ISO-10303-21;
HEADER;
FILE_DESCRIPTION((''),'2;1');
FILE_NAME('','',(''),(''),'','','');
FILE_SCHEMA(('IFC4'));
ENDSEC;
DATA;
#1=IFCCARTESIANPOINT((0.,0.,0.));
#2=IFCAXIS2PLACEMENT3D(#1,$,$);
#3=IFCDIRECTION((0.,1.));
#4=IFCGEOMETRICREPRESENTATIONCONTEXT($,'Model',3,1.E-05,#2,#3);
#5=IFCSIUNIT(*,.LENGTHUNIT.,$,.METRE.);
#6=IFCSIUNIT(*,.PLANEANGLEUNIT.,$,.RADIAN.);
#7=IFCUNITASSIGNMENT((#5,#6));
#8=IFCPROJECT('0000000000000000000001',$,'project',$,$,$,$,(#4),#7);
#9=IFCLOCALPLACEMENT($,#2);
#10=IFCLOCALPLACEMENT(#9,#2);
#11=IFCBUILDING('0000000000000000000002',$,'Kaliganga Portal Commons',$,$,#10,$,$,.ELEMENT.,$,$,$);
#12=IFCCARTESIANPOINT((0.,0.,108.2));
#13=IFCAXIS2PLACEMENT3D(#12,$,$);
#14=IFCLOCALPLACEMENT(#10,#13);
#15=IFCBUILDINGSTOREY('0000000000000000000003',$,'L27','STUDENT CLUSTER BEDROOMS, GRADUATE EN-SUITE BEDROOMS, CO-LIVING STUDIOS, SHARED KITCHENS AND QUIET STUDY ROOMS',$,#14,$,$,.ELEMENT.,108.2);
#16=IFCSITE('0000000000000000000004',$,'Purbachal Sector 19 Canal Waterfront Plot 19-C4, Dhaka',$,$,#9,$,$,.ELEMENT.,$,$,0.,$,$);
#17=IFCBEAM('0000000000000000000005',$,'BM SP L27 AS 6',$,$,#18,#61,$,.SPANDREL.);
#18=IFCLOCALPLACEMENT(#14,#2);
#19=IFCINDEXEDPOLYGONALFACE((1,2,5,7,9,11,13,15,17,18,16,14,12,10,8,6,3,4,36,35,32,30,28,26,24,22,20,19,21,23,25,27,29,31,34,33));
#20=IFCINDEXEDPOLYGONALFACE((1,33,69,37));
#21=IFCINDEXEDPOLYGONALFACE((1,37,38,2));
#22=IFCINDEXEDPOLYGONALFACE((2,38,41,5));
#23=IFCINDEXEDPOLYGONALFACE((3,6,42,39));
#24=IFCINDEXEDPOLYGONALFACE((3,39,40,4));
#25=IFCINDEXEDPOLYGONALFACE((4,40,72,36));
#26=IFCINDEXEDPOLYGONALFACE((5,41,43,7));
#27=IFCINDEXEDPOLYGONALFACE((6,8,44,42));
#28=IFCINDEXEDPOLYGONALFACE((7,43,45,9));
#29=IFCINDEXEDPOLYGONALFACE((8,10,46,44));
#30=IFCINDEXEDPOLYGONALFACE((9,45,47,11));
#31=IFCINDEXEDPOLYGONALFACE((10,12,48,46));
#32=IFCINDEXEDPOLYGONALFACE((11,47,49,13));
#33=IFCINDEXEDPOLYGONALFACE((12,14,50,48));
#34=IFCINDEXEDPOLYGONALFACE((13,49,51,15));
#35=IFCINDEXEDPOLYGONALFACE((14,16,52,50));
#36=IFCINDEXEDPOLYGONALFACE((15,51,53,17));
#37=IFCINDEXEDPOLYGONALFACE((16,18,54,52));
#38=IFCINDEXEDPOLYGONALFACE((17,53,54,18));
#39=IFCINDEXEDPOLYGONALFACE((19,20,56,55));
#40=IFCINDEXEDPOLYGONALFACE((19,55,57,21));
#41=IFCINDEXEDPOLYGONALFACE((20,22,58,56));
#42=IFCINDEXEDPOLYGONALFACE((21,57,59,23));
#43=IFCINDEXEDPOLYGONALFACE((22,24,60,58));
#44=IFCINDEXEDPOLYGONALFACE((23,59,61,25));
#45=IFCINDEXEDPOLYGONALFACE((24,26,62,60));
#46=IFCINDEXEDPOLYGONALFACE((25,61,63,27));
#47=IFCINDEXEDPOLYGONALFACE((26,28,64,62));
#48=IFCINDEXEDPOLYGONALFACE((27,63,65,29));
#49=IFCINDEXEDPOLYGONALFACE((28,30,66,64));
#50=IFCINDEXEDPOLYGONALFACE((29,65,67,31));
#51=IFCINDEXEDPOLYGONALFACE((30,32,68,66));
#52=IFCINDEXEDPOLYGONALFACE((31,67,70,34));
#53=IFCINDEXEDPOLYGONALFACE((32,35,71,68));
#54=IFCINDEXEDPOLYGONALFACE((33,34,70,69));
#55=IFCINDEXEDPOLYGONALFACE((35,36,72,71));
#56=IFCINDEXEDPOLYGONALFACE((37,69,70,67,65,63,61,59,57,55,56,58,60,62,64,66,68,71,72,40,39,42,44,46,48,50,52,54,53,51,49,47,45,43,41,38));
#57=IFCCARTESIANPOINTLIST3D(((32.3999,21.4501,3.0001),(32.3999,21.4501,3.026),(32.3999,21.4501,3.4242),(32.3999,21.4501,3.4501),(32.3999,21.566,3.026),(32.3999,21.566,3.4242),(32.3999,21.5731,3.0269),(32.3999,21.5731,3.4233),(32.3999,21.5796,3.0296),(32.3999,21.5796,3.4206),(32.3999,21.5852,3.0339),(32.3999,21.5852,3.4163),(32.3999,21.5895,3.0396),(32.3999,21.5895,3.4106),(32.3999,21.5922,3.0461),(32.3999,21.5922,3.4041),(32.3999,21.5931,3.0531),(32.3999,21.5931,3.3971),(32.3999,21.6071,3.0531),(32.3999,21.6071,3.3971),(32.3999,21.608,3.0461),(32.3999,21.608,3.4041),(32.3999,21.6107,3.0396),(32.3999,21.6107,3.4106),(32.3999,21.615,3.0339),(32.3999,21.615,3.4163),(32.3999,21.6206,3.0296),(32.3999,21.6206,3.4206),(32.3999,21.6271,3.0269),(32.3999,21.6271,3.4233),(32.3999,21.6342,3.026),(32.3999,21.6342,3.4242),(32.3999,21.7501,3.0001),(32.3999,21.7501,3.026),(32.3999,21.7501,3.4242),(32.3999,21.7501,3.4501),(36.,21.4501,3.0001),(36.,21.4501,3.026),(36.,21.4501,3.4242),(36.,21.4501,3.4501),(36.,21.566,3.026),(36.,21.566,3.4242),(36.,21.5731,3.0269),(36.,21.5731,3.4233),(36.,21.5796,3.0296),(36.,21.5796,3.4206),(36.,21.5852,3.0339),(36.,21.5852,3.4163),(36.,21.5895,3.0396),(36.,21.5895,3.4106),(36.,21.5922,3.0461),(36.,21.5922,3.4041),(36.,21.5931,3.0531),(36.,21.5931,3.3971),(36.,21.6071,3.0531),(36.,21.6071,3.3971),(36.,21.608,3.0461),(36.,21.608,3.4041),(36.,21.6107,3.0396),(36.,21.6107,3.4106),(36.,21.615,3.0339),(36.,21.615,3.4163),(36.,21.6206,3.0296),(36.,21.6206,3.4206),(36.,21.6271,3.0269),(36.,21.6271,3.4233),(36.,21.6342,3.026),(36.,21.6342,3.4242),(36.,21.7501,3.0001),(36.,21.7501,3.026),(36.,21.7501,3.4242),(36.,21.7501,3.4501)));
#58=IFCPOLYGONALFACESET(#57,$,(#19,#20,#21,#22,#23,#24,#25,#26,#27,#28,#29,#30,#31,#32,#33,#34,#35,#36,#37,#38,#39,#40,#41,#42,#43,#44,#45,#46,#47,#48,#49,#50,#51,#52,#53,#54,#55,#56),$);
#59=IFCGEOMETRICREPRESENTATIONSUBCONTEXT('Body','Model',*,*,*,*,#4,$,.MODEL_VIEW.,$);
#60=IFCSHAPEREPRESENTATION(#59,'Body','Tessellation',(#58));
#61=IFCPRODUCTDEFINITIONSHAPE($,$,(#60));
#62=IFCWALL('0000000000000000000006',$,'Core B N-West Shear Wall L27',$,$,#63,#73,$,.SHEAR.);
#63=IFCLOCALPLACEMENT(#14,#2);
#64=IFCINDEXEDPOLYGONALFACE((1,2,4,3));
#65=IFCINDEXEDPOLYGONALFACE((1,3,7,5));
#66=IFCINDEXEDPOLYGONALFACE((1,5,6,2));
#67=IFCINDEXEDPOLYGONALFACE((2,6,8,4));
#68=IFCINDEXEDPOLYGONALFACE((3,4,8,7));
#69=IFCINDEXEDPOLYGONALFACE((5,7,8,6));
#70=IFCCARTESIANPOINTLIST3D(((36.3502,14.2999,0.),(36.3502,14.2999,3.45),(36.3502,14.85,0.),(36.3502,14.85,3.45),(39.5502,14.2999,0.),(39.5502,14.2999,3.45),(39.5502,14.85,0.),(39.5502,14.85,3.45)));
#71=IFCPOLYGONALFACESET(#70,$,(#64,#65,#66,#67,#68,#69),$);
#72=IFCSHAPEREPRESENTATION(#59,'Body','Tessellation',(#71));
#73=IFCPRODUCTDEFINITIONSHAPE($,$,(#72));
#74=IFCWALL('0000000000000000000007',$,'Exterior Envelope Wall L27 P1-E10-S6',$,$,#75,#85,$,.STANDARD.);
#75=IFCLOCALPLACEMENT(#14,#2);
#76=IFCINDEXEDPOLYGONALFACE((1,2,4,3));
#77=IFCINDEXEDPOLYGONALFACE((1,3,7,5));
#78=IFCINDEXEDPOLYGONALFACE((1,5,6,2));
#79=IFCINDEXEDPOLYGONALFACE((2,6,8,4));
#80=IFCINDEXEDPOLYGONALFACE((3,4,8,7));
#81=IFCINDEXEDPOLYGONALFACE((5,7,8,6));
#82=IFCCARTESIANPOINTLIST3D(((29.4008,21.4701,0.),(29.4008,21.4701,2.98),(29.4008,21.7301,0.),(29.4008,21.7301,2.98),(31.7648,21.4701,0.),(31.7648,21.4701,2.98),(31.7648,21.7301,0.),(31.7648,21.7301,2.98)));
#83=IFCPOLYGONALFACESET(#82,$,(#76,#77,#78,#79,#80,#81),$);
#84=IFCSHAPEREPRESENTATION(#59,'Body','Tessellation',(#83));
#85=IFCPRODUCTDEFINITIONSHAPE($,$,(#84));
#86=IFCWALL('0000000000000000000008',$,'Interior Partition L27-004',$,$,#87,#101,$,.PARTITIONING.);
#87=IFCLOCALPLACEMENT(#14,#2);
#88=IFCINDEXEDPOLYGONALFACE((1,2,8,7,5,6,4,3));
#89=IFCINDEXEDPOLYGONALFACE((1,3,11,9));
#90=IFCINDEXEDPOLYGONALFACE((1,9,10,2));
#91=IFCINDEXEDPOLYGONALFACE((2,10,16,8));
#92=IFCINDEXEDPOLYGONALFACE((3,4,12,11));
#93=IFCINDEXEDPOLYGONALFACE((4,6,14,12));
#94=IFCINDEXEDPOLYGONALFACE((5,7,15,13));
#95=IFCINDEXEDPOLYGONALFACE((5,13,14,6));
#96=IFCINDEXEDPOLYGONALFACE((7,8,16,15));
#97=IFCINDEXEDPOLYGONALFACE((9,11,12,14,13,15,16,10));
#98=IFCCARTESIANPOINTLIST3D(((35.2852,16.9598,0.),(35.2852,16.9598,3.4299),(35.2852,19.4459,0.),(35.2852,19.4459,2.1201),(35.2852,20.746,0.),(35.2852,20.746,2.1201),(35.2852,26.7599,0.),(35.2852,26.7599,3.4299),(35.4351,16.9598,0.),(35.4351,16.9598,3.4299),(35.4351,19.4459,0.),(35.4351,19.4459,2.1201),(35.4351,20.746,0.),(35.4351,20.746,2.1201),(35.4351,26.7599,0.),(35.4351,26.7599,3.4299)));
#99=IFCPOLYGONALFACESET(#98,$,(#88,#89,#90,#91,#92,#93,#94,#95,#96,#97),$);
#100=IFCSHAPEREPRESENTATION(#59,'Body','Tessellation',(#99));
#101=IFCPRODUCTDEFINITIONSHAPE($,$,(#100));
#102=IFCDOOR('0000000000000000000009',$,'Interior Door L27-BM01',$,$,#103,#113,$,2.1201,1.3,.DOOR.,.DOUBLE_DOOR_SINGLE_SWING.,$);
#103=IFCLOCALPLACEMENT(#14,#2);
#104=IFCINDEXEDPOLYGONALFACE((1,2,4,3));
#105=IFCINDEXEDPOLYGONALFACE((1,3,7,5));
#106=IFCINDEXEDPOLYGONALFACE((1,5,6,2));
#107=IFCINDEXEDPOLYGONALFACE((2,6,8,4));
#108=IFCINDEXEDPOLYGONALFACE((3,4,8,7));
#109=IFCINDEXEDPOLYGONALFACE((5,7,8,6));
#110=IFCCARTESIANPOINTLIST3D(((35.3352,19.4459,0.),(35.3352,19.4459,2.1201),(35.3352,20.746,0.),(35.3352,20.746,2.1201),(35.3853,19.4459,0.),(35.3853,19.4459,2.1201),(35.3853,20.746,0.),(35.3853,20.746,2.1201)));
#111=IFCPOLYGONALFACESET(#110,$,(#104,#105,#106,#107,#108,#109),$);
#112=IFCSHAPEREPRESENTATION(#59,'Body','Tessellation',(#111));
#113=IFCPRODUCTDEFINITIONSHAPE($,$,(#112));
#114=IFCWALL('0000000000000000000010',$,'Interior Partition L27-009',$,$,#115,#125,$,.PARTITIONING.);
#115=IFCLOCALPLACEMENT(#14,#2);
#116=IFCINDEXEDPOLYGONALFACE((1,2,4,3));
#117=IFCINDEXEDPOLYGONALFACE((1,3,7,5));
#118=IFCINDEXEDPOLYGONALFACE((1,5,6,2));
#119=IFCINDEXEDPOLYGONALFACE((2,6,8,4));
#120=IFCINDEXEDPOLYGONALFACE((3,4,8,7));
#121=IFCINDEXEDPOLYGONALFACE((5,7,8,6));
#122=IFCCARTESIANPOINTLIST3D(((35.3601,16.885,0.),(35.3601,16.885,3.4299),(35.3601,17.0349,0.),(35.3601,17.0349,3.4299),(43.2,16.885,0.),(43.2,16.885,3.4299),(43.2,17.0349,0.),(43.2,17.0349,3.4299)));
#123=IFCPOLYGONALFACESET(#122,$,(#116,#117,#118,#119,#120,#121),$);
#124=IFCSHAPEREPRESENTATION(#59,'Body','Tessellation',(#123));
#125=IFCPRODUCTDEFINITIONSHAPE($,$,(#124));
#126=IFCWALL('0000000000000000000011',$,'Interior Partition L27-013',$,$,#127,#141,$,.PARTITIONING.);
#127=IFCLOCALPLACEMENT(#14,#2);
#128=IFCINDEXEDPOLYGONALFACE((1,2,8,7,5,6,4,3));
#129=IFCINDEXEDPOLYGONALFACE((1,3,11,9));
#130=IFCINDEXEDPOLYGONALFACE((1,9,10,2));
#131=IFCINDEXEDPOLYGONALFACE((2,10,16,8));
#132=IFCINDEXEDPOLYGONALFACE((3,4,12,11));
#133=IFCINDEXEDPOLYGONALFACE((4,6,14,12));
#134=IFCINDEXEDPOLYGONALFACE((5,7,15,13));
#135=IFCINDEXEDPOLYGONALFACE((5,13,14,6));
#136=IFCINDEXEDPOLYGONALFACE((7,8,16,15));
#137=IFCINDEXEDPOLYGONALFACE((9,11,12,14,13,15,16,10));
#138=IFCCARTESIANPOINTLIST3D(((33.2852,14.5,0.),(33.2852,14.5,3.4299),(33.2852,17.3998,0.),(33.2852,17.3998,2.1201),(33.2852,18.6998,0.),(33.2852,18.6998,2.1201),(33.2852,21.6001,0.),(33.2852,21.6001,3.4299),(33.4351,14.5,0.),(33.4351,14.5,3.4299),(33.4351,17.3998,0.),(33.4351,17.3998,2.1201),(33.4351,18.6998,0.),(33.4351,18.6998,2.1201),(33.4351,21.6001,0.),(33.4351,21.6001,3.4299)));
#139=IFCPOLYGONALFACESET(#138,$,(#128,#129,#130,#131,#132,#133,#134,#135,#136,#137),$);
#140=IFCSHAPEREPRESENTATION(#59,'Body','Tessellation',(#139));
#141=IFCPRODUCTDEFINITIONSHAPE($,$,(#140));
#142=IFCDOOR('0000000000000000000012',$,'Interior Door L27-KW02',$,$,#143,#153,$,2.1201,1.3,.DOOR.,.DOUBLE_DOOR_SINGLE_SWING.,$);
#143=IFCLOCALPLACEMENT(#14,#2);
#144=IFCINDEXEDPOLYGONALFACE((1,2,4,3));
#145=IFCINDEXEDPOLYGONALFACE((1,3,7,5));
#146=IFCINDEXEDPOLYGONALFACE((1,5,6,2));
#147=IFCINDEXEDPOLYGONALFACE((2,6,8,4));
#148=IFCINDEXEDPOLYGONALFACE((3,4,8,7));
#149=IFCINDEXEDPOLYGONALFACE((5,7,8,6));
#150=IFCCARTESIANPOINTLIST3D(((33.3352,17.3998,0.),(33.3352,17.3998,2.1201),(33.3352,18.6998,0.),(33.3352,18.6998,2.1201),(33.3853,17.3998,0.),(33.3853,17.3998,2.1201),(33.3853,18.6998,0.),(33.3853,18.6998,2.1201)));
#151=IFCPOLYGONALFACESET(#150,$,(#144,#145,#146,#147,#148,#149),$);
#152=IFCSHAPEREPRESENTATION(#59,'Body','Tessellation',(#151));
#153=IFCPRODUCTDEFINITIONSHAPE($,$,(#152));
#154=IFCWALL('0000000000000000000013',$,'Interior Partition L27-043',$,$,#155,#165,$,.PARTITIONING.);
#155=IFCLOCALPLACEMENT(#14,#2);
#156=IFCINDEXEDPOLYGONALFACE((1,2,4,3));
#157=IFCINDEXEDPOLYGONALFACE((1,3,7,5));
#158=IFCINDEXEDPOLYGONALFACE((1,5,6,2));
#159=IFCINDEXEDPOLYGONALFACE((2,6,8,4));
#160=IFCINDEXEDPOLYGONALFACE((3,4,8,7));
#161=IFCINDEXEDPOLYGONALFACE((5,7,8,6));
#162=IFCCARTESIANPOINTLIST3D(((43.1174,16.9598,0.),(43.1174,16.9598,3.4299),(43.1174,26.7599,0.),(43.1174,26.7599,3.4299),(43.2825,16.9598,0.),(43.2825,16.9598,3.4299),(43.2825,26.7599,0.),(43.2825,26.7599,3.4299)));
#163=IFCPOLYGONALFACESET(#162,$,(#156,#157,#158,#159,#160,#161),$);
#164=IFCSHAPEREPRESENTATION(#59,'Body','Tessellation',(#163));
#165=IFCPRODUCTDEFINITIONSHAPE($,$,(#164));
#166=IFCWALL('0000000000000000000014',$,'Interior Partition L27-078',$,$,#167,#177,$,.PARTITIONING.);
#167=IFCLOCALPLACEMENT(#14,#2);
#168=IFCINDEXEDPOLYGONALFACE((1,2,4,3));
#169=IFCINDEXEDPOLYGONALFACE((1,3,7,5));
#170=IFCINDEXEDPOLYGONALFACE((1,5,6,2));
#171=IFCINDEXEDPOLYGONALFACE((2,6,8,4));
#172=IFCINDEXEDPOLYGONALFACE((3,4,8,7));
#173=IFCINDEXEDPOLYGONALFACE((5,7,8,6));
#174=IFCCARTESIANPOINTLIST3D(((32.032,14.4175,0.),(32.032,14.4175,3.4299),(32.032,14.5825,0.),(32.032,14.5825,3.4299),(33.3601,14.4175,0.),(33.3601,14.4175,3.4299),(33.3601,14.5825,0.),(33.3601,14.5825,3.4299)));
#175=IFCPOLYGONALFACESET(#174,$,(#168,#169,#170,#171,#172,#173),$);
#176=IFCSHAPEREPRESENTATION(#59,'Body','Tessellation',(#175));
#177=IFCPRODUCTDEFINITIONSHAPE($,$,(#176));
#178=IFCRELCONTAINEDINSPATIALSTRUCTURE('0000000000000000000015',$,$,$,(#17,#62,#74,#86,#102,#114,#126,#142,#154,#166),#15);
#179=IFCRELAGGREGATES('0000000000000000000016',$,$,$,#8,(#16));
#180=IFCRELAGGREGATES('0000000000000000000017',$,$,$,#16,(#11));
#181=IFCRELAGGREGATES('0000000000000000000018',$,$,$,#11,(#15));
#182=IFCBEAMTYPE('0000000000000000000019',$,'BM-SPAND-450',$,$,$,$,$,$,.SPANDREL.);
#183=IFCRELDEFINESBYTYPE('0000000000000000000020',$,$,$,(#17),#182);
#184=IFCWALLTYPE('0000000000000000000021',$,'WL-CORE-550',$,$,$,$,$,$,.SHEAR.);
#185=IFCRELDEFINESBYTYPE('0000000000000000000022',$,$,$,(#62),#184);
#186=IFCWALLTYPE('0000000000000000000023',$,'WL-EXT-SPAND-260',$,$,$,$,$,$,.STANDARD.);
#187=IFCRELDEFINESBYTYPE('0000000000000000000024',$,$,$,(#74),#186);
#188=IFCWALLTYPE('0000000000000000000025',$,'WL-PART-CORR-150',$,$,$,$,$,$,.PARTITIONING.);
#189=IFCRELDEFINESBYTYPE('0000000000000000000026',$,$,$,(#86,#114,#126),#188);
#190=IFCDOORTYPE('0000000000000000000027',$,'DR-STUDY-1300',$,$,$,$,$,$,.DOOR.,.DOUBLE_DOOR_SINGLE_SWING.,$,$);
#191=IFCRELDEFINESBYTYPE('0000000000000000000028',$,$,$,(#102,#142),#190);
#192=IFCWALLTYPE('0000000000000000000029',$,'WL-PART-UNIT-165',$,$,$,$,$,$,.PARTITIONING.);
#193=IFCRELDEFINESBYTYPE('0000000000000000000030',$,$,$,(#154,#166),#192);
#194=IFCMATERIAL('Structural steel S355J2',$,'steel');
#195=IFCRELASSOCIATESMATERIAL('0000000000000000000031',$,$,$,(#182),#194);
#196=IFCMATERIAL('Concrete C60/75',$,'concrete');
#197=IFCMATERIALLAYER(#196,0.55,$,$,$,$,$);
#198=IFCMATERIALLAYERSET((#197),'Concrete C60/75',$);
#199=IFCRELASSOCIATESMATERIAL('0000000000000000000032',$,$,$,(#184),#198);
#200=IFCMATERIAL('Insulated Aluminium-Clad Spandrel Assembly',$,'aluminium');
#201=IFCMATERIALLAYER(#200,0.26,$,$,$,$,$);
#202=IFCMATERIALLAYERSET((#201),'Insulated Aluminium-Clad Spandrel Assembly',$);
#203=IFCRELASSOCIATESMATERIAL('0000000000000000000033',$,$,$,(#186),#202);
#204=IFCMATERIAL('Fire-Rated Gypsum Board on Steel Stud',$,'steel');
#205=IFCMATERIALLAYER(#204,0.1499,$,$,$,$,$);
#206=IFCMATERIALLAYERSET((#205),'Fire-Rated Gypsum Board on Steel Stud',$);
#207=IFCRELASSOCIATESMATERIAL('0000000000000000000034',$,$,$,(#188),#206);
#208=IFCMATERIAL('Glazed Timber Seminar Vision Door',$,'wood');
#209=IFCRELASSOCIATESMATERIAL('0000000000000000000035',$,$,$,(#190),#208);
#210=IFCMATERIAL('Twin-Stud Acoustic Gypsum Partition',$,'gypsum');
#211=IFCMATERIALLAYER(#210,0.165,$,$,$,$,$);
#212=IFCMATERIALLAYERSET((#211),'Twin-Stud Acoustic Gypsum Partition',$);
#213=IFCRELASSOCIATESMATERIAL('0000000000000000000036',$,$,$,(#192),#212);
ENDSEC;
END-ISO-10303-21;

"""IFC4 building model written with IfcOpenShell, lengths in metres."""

from ifc_helpers import new_model, si_unit, direction, frame, frame_2d, origin, origin_2d, place, context, subcontext, project, spatial, rectangle, i_section, extrude, source, transform, mapped, material, layer, layer_set, material_profile, profile_set, type_object, element, fill, save


model = new_model("IFC4")

# Units and contexts
model_context = context("Model", 3, precision=1e-05, world=origin(), true_north=direction((0.0, 1.0)))
body_context = subcontext(model_context, "Body", "Model", "MODEL_VIEW")
ifc_project = project(units=[si_unit("LENGTHUNIT", "METRE"), si_unit("PLANEANGLEUNIT", "RADIAN")], contexts=[model_context])

# Site, building, storey
site_placement = place(None, origin())
site = spatial("IfcSite", under=ifc_project, at=site_placement, Name="Purbachal Sector 19 Canal Waterfront Plot 19-C4, Dhaka", CompositionType="ELEMENT", RefElevation=0.0)
building_placement = place(site_placement, origin())
building = spatial("IfcBuilding", under=site, at=building_placement, Name="Kaliganga Portal Commons", CompositionType="ELEMENT")
storey_placement = place(building_placement, frame((0.0, 0.0, 108.2)))
storey = spatial("IfcBuildingStorey", under=building, at=storey_placement, Name="L27", Description="STUDENT CLUSTER BEDROOMS, GRADUATE EN-SUITE BEDROOMS, CO-LIVING STUDIOS, SHARED KITCHENS AND QUIET STUDY ROOMS", CompositionType="ELEMENT", Elevation=108.2)

# Shared definitions
ifc_material_1 = material(Name="Concrete C60/75", Category="concrete")

# Beam
ifc_material_2 = material(Name="Structural steel S355J2", Category="steel")
ifc_material_profile_1 = material_profile(ifc_material_2, i_section(OverallWidth=0.3, OverallDepth=0.45, WebThickness=0.0139, FlangeThickness=0.0259, FilletRadius=0.0271, at=origin_2d()), Name="HE 450 B")
ifc_profile_set_1 = profile_set([ifc_material_profile_1], Name="Structural steel S355J2 wide-flange")
beam_type_1 = type_object("IfcBeamType", Name="BM-SPAND-450", PredefinedType="SPANDREL", material=ifc_profile_set_1)
shared_shape_1 = source(origin(), body_context, "Body", "SweptSolid", [
    extrude(i_section(OverallWidth=0.3, OverallDepth=0.45, WebThickness=0.0139, FlangeThickness=0.0259, FilletRadius=0.0271, at=origin_2d()), origin(), (0.0, 0.0, 1.0), 3.6001),
])
beam_1_placement = place(storey_placement, frame((32.3999, 21.6001, 3.2251), z_axis=(1.0, 0.0, 0.0), x_axis=(0.0, 1.0, 0.0)))
element("IfcBeam", 1, at=beam_1_placement, inside=storey, type_object=beam_type_1, Name="BM SP L27 AS 6", PredefinedType="SPANDREL", context=body_context, shape_type="MappedRepresentation", body=[
    mapped(shared_shape_1, transform((0.0, 0.0, 0.0), x_axis=(1.0, 0.0, 0.0), y_axis=(0.0, 1.0, 0.0), z_axis=(0.0, 0.0, 1.0), scale=1.0)),
])

# Walls
ifc_layer_1 = layer(ifc_material_1, 0.55)
ifc_layer_set_1 = layer_set([ifc_layer_1], Name="Concrete C60/75")
wall_type_1 = type_object("IfcWallType", Name="WL-CORE-550", PredefinedType="SHEAR", material=ifc_layer_set_1)
wall_1_placement = place(storey_placement, frame((36.3501, 14.575, 0.0), z_axis=(0.0, 0.0, 1.0), x_axis=(1.0, 0.0, 0.0)))
element("IfcWall", 2, at=wall_1_placement, inside=storey, type_object=wall_type_1, Name="Core B N-West Shear Wall L27", PredefinedType="SHEAR", context=body_context, shape_type="SweptSolid", body=[
    extrude(rectangle(XDim=3.2, YDim=0.55, at=frame_2d((1.6001, 0.0))), origin(), (0.0, 0.0, 1.0), 3.45),
])
ifc_material_3 = material(Name="Insulated Aluminium-Clad Spandrel Assembly", Category="aluminium")
ifc_layer_2 = layer(ifc_material_3, 0.26)
ifc_layer_set_2 = layer_set([ifc_layer_2], Name="Insulated Aluminium-Clad Spandrel Assembly")
wall_type_2 = type_object("IfcWallType", Name="WL-EXT-SPAND-260", PredefinedType="STANDARD", material=ifc_layer_set_2)
wall_2_placement = place(storey_placement, frame((31.7649, 21.6001, 0.0), z_axis=(0.0, 0.0, 1.0), x_axis=(-1.0, 0.0, 0.0)))
element("IfcWall", 3, at=wall_2_placement, inside=storey, type_object=wall_type_2, Name="Exterior Envelope Wall L27 P1-E10-S6", PredefinedType="STANDARD", context=body_context, shape_type="SweptSolid", body=[
    extrude(rectangle(XDim=2.364, YDim=0.26, at=frame_2d((1.1821, 0.0))), origin(), (0.0, 0.0, 1.0), 2.98),
])

# Wall, opening, door
ifc_material_4 = material(Name="Fire-Rated Gypsum Board on Steel Stud", Category="steel")
ifc_layer_3 = layer(ifc_material_4, 0.1499)
ifc_layer_set_3 = layer_set([ifc_layer_3], Name="Fire-Rated Gypsum Board on Steel Stud")
wall_type_3 = type_object("IfcWallType", Name="WL-PART-CORR-150", PredefinedType="PARTITIONING", material=ifc_layer_set_3)
wall_3_placement = place(storey_placement, frame((35.3601, 16.96, 0.0), z_axis=(0.0, 0.0, 1.0), x_axis=(0.0, 1.0, 0.0)))
wall_3 = element("IfcWall", 4, at=wall_3_placement, inside=storey, type_object=wall_type_3, Name="Interior Partition L27-004", PredefinedType="PARTITIONING", context=body_context, shape_type="SweptSolid", body=[
    extrude(rectangle(XDim=9.8, YDim=0.1499, at=frame_2d((4.8999, 0.0))), origin(), (0.0, 0.0, 1.0), 3.4299),
])
opening_1_placement = place(wall_3_placement, frame((2.4861, 0.0, 0.0)))
opening_1 = element("IfcOpeningElement", 5, at=opening_1_placement, cuts=wall_3, PredefinedType="OPENING", context=body_context, shape_type="SweptSolid", body=[
    extrude(rectangle(XDim=1.3, YDim=2.1201, at=frame_2d((0.6499, 1.0601))), frame((0.0, 0.085, 0.0), z_axis=(0.0, -1.0, 0.0), x_axis=(1.0, 0.0, 0.0)), (0.0, 0.0, 1.0), 0.1699),
])
ifc_material_5 = material(Name="Glazed Timber Seminar Vision Door", Category="wood")
door_type_1 = type_object("IfcDoorType", Name="DR-STUDY-1300", OperationType="DOUBLE_DOOR_SINGLE_SWING", PredefinedType="DOOR", material=ifc_material_5)
door_1_placement = place(opening_1_placement, origin())
door_1 = element("IfcDoor", 6, at=door_1_placement, inside=storey, type_object=door_type_1, Name="Interior Door L27-BM01", OperationType="DOUBLE_DOOR_SINGLE_SWING", OverallHeight=2.1201, OverallWidth=1.3, PredefinedType="DOOR", context=body_context, shape_type="SweptSolid", body=[
    extrude(rectangle(XDim=1.3, YDim=2.1201, at=frame_2d((0.6499, 1.0601))), frame((0.0, 0.0249, 0.0), z_axis=(0.0, -1.0, 0.0), x_axis=(1.0, 0.0, 0.0)), (0.0, 0.0, 1.0), 0.05),
])
fill(opening_1, door_1)

# Wall
wall_4_placement = place(storey_placement, frame((35.3601, 16.96, 0.0), z_axis=(0.0, 0.0, 1.0), x_axis=(1.0, 0.0, 0.0)))
element("IfcWall", 7, at=wall_4_placement, inside=storey, type_object=wall_type_3, Name="Interior Partition L27-009", PredefinedType="PARTITIONING", context=body_context, shape_type="SweptSolid", body=[
    extrude(rectangle(XDim=7.8398, YDim=0.1499, at=frame_2d((3.9199, 0.0))), origin(), (0.0, 0.0, 1.0), 3.4299),
])

# Wall, opening, door
wall_5_placement = place(storey_placement, frame((33.3601, 14.5, 0.0), z_axis=(0.0, 0.0, 1.0), x_axis=(0.0, 1.0, 0.0)))
wall_5 = element("IfcWall", 8, at=wall_5_placement, inside=storey, type_object=wall_type_3, Name="Interior Partition L27-013", PredefinedType="PARTITIONING", context=body_context, shape_type="SweptSolid", body=[
    extrude(rectangle(XDim=7.1001, YDim=0.1499, at=frame_2d((3.55, 0.0))), origin(), (0.0, 0.0, 1.0), 3.4299),
])
opening_2_placement = place(wall_5_placement, frame((2.8999, 0.0, 0.0)))
opening_2 = element("IfcOpeningElement", 9, at=opening_2_placement, cuts=wall_5, PredefinedType="OPENING", context=body_context, shape_type="SweptSolid", body=[
    extrude(rectangle(XDim=1.3, YDim=2.1201, at=frame_2d((0.6499, 1.0601))), frame((0.0, 0.085, 0.0), z_axis=(0.0, -1.0, 0.0), x_axis=(1.0, 0.0, 0.0)), (0.0, 0.0, 1.0), 0.1699),
])
door_2_placement = place(opening_2_placement, origin())
door_2 = element("IfcDoor", 10, at=door_2_placement, inside=storey, type_object=door_type_1, Name="Interior Door L27-KW02", OperationType="DOUBLE_DOOR_SINGLE_SWING", OverallHeight=2.1201, OverallWidth=1.3, PredefinedType="DOOR", context=body_context, shape_type="SweptSolid", body=[
    extrude(rectangle(XDim=1.3, YDim=2.1201, at=frame_2d((0.6499, 1.0601))), frame((0.0, 0.0249, 0.0), z_axis=(0.0, -1.0, 0.0), x_axis=(1.0, 0.0, 0.0)), (0.0, 0.0, 1.0), 0.05),
])
fill(opening_2, door_2)

# Walls
ifc_material_6 = material(Name="Twin-Stud Acoustic Gypsum Partition", Category="gypsum")
ifc_layer_4 = layer(ifc_material_6, 0.165)
ifc_layer_set_4 = layer_set([ifc_layer_4], Name="Twin-Stud Acoustic Gypsum Partition")
wall_type_4 = type_object("IfcWallType", Name="WL-PART-UNIT-165", PredefinedType="PARTITIONING", material=ifc_layer_set_4)
wall_6_placement = place(storey_placement, frame((43.2, 16.96, 0.0), z_axis=(0.0, 0.0, 1.0), x_axis=(0.0, 1.0, 0.0)))
element("IfcWall", 11, at=wall_6_placement, inside=storey, type_object=wall_type_4, Name="Interior Partition L27-043", PredefinedType="PARTITIONING", context=body_context, shape_type="SweptSolid", body=[
    extrude(rectangle(XDim=9.8, YDim=0.165, at=frame_2d((4.8999, 0.0))), origin(), (0.0, 0.0, 1.0), 3.4299),
])
wall_7_placement = place(storey_placement, frame((32.032, 14.5, 0.0), z_axis=(0.0, 0.0, 1.0), x_axis=(1.0, 0.0, 0.0)))
element("IfcWall", 12, at=wall_7_placement, inside=storey, type_object=wall_type_4, Name="Interior Partition L27-078", PredefinedType="PARTITIONING", context=body_context, shape_type="SweptSolid", body=[
    extrude(rectangle(XDim=1.3281, YDim=0.165, at=frame_2d((0.6641, 0.0))), origin(), (0.0, 0.0, 1.0), 3.4299),
])

save(model, "model.ifc")
